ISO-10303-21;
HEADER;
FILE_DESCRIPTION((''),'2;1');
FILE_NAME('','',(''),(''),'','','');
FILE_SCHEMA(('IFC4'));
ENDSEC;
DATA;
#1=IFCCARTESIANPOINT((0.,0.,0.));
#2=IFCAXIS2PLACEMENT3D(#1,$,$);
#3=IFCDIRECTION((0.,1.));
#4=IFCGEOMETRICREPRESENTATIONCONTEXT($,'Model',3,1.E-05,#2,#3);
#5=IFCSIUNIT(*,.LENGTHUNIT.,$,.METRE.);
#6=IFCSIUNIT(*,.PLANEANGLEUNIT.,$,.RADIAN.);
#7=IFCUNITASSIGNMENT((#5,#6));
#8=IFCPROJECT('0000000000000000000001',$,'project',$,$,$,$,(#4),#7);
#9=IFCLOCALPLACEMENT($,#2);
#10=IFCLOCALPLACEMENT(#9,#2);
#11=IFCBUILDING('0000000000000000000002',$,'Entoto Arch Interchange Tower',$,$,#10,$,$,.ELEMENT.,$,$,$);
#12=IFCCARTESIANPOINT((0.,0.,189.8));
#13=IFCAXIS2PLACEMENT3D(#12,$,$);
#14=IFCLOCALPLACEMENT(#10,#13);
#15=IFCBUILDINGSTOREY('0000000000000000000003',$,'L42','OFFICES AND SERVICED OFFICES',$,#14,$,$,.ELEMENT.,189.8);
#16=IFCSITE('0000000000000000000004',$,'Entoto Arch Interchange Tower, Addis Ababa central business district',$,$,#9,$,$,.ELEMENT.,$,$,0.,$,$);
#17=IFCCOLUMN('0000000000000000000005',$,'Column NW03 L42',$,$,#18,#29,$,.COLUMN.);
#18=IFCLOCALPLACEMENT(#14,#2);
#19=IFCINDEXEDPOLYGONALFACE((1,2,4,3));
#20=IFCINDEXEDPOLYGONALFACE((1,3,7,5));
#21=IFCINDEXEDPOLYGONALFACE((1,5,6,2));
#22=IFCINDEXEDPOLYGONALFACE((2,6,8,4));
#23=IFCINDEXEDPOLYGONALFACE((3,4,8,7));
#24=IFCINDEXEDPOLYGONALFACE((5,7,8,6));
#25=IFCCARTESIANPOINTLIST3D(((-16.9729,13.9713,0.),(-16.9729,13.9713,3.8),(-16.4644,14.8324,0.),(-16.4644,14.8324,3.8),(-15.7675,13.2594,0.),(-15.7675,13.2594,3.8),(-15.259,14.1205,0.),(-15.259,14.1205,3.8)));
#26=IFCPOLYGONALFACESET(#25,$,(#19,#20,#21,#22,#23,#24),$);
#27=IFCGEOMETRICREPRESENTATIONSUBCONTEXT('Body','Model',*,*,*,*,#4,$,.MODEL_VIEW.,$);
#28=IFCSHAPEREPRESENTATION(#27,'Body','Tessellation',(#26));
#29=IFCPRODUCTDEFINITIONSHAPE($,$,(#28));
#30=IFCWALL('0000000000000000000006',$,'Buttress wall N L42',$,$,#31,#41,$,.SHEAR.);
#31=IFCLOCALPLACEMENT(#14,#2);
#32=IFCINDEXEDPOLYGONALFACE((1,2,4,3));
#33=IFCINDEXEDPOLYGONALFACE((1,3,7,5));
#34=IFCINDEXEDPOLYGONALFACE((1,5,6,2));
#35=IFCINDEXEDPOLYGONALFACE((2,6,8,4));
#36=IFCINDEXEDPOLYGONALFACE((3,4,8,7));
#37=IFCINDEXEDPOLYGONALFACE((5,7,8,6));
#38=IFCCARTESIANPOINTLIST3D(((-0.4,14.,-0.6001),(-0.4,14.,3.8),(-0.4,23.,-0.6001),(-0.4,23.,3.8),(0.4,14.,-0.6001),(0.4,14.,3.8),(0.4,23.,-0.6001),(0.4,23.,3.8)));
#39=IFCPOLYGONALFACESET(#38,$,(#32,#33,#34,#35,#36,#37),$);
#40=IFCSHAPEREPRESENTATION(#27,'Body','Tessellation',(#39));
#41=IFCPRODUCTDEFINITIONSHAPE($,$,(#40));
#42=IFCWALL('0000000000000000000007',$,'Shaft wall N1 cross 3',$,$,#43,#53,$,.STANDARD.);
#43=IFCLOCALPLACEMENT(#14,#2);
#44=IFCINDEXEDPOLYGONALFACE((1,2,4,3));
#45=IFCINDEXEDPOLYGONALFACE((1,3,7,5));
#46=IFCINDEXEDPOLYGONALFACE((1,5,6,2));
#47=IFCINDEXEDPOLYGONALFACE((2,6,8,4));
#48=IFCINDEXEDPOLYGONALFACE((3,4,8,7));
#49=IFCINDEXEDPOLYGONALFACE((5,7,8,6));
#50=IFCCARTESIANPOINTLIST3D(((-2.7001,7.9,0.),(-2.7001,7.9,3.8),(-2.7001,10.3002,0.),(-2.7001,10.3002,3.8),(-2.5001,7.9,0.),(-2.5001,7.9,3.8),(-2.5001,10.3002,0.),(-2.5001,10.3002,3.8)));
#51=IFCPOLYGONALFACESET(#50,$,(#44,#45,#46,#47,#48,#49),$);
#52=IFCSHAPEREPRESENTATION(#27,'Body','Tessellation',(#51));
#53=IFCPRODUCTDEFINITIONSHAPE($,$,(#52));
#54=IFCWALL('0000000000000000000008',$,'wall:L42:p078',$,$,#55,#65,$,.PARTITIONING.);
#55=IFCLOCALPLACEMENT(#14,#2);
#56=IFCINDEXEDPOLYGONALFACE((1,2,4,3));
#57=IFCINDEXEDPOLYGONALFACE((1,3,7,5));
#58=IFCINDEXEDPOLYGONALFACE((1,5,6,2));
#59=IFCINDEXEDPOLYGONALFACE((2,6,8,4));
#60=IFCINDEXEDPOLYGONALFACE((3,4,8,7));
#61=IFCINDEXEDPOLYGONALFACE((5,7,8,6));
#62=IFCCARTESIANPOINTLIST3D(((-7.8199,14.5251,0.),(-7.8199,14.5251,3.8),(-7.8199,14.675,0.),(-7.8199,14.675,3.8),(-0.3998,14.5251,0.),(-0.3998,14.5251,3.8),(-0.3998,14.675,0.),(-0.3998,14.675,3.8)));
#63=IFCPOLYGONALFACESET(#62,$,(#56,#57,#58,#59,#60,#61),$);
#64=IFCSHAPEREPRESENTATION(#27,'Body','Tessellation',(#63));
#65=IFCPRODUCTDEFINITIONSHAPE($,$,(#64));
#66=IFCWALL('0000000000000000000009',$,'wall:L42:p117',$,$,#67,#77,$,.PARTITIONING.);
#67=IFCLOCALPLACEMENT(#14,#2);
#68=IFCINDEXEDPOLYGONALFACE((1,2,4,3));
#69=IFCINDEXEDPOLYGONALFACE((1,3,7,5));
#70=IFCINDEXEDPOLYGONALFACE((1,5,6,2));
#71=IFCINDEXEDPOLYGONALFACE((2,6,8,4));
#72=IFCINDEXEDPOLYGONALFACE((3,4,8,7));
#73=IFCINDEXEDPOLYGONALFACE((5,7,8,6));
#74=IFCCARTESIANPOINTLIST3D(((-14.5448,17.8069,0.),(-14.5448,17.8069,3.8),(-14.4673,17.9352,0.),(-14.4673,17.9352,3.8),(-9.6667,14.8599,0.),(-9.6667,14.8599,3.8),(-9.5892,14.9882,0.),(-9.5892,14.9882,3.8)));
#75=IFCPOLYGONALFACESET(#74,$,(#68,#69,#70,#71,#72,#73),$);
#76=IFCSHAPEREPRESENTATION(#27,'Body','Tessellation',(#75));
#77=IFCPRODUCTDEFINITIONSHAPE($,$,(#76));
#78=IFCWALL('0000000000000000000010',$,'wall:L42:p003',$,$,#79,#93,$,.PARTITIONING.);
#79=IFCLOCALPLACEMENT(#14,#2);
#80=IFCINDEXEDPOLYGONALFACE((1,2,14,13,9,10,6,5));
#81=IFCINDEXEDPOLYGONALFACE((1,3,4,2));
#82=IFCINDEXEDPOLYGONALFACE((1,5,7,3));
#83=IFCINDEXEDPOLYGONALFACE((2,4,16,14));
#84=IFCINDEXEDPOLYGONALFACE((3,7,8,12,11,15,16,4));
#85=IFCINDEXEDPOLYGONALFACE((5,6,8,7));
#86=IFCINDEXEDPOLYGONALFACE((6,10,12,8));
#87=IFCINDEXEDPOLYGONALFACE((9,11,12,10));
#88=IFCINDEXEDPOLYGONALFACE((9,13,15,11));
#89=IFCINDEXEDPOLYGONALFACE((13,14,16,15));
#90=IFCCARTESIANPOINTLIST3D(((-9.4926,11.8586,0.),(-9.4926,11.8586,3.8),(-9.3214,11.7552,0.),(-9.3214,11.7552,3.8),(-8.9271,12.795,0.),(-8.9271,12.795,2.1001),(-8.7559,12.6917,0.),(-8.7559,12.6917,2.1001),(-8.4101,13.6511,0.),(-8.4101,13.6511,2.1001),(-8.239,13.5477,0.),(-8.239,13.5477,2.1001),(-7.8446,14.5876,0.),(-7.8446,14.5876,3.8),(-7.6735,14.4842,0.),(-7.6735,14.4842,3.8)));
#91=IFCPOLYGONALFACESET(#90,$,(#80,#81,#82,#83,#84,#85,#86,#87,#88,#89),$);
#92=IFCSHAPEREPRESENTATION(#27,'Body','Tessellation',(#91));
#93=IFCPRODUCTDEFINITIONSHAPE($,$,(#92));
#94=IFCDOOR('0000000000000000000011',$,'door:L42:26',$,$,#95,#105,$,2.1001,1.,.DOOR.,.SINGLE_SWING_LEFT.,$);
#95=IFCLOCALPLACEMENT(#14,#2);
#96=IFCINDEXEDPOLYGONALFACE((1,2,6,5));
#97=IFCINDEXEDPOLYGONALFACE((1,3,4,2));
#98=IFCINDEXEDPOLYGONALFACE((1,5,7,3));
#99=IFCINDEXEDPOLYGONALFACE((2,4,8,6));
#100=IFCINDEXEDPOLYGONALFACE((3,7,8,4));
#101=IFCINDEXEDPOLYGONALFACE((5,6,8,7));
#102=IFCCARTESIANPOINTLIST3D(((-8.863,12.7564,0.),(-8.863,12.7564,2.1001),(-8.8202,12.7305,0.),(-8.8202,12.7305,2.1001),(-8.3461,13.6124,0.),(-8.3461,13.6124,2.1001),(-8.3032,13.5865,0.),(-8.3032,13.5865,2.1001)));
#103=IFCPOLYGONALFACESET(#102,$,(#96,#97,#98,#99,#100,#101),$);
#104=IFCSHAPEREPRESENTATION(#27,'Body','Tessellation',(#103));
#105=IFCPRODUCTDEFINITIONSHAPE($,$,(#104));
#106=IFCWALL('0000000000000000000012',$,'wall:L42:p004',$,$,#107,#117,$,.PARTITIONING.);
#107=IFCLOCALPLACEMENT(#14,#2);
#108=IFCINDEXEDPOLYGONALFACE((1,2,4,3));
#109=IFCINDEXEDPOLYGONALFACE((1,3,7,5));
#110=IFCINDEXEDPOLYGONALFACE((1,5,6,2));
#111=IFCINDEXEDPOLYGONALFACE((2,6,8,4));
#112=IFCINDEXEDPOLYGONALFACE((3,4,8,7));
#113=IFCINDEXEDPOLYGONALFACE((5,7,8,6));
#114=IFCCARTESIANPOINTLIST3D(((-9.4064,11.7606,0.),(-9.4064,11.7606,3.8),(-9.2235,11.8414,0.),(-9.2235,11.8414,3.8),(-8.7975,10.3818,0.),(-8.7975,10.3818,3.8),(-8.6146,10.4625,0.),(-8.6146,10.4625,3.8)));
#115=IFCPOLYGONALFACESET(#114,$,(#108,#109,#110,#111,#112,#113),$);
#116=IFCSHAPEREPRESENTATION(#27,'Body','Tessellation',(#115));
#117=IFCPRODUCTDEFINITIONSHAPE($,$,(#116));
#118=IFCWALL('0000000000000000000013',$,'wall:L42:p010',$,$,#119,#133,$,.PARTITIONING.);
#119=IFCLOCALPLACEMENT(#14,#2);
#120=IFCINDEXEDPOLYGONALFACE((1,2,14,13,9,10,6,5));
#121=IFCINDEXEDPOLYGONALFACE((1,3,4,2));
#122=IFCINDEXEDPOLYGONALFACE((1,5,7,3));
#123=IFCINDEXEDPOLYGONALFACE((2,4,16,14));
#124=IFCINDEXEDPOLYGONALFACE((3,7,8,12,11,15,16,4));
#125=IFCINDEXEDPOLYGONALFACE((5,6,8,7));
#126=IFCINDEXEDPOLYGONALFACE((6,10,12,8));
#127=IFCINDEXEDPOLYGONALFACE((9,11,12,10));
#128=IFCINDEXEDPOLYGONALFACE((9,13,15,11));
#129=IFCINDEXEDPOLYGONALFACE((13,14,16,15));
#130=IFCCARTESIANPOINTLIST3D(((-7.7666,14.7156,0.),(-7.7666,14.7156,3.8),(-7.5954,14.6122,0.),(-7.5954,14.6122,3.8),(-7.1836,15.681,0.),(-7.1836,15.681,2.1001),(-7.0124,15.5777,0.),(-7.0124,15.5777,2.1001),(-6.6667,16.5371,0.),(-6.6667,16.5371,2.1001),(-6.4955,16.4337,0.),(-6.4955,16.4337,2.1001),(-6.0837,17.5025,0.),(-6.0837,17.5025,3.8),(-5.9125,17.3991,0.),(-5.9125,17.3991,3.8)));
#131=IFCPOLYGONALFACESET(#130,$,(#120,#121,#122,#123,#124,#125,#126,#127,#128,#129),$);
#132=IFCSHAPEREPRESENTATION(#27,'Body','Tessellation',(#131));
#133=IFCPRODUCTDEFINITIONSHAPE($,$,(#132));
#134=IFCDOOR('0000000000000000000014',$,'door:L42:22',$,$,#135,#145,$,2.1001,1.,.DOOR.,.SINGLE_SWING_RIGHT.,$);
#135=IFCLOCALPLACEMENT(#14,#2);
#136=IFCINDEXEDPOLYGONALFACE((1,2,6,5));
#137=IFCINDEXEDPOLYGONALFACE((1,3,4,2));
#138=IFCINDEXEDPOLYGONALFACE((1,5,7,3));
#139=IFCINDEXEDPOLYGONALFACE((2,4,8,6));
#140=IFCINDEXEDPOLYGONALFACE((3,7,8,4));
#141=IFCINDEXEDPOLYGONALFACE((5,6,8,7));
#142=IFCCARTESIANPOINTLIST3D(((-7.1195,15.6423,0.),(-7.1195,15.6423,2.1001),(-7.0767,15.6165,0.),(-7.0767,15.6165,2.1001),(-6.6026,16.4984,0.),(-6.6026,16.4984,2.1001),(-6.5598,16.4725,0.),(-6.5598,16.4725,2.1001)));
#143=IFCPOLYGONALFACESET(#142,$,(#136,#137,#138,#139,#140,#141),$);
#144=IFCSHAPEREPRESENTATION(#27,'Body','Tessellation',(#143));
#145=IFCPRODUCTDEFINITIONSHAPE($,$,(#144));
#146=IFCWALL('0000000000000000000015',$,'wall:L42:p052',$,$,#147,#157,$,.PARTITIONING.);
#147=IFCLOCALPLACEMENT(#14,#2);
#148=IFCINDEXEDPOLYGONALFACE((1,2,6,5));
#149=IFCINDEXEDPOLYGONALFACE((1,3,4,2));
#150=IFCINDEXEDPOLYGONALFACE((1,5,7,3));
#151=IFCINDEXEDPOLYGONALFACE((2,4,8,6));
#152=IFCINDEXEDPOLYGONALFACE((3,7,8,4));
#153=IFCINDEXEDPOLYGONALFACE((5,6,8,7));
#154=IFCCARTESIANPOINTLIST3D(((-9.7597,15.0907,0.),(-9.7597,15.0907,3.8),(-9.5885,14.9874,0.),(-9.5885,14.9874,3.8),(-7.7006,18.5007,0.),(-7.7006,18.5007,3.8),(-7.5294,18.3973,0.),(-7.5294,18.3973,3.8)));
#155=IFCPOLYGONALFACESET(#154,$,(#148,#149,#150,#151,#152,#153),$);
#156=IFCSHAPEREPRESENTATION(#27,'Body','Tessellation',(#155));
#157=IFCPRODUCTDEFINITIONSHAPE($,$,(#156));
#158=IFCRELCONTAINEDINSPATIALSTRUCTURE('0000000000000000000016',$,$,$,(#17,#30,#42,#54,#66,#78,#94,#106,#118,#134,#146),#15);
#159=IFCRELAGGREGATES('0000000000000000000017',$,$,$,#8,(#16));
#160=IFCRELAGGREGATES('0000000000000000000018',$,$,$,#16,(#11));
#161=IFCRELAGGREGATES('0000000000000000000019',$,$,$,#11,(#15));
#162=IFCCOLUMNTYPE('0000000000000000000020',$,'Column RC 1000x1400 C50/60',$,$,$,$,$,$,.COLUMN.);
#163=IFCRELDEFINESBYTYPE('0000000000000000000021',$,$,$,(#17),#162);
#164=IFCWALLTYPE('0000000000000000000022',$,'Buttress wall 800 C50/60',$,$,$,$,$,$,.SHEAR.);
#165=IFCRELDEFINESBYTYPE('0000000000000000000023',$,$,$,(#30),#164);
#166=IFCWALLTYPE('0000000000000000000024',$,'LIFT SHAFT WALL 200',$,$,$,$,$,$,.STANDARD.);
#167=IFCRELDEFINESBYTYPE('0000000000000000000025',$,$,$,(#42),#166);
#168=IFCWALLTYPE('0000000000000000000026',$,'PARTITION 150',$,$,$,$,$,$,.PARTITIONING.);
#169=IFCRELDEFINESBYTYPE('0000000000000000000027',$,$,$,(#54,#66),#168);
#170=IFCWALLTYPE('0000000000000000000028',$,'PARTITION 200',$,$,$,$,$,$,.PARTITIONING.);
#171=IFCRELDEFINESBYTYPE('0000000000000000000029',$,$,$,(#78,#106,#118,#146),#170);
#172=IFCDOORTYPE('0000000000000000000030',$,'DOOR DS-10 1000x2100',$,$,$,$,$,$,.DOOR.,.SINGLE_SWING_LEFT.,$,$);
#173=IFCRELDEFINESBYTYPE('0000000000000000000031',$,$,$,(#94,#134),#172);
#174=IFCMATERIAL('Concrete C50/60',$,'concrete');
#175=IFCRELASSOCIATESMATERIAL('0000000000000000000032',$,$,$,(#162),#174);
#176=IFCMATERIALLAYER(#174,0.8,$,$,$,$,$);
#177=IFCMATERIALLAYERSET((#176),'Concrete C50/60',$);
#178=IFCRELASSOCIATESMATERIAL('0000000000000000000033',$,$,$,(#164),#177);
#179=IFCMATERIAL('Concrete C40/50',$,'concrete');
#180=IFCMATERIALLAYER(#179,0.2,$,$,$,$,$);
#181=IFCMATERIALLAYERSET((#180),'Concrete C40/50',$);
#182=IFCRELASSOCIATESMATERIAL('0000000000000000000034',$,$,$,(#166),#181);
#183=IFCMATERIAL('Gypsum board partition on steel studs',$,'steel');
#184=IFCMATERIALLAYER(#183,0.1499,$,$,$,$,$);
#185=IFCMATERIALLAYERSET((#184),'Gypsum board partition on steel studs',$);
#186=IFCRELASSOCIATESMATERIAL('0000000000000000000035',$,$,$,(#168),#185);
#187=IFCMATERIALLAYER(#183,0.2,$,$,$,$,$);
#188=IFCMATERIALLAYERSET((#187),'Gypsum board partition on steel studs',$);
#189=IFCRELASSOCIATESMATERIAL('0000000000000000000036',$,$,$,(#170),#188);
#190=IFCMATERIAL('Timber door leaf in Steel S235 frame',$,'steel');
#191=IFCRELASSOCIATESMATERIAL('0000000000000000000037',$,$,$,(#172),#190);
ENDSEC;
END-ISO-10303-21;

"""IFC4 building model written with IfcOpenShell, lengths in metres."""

from ifc_helpers import new_model, si_unit, direction, frame, frame_2d, origin, origin_2d, place, context, subcontext, project, spatial, rectangle, extrude, material, layer, layer_set, material_profile, profile_set, type_object, element, fill, save


model = new_model("IFC4")

# Units and contexts
model_context = context("Model", 3, precision=1e-05, world=origin(), true_north=direction((0.0, 1.0)))
body_context = subcontext(model_context, "Body", "Model", "MODEL_VIEW")
ifc_project = project(units=[si_unit("LENGTHUNIT", "METRE"), si_unit("PLANEANGLEUNIT", "RADIAN")], contexts=[model_context])

# Site, building, storey
site_placement = place(None, origin())
site = spatial("IfcSite", under=ifc_project, at=site_placement, Name="Entoto Arch Interchange Tower, Addis Ababa central business district", CompositionType="ELEMENT", RefElevation=0.0)
building_placement = place(site_placement, origin())
building = spatial("IfcBuilding", under=site, at=building_placement, Name="Entoto Arch Interchange Tower", CompositionType="ELEMENT")
storey_placement = place(building_placement, frame((0.0, 0.0, 189.8)))
storey = spatial("IfcBuildingStorey", under=building, at=storey_placement, Name="L42", Description="OFFICES AND SERVICED OFFICES", CompositionType="ELEMENT", Elevation=189.8)

# Column
ifc_material_1 = material(Name="Concrete C50/60", Category="concrete")
ifc_material_profile = material_profile(ifc_material_1, rectangle(XDim=1.0, YDim=1.3999, at=origin_2d()))
ifc_profile_set = profile_set([ifc_material_profile], Name="Concrete C50/60")
column_type = type_object("IfcColumnType", Name="Column RC 1000x1400 C50/60", PredefinedType="COLUMN", material=ifc_profile_set)
column_placement = place(storey_placement, frame((-16.116, 14.0459, 0.0), z_axis=(0.0, 0.0, 1.0), x_axis=(0.508516, 0.861053, 0.0)))
element("IfcColumn", 1, at=column_placement, inside=storey, type_object=column_type, Name="Column NW03 L42", PredefinedType="COLUMN", context=body_context, shape_type="SweptSolid", body=[
    extrude(rectangle(XDim=1.0, YDim=1.3999, at=origin_2d()), origin(), (0.0, 0.0, 1.0), 3.8),
])

# Walls
ifc_layer_1 = layer(ifc_material_1, 0.8)
ifc_layer_set_1 = layer_set([ifc_layer_1], Name="Concrete C50/60")
wall_type_1 = type_object("IfcWallType", Name="Buttress wall 800 C50/60", PredefinedType="SHEAR", material=ifc_layer_set_1)
wall_1_placement = place(storey_placement, frame((0.0, 14.0, -0.6001), z_axis=(0.0, 0.0, 1.0), x_axis=(0.0, 1.0, 0.0)))
element("IfcWall", 2, at=wall_1_placement, inside=storey, type_object=wall_type_1, Name="Buttress wall N L42", PredefinedType="SHEAR", context=body_context, shape_type="SweptSolid", body=[
    extrude(rectangle(XDim=9.0, YDim=0.8, at=frame_2d((4.5, 0.0))), origin(), (0.0, 0.0, 1.0), 4.4001),
])
ifc_material_2 = material(Name="Concrete C40/50", Category="concrete")
ifc_layer_2 = layer(ifc_material_2, 0.2)
ifc_layer_set_2 = layer_set([ifc_layer_2], Name="Concrete C40/50")
wall_type_2 = type_object("IfcWallType", Name="LIFT SHAFT WALL 200", PredefinedType="STANDARD", material=ifc_layer_set_2)
wall_2_placement = place(storey_placement, frame((-2.6001, 7.8999, 0.0), z_axis=(0.0, 0.0, 1.0), x_axis=(0.0, 1.0, 0.0)))
element("IfcWall", 3, at=wall_2_placement, inside=storey, type_object=wall_type_2, Name="Shaft wall N1 cross 3", PredefinedType="STANDARD", context=body_context, shape_type="SweptSolid", body=[
    extrude(rectangle(XDim=2.4001, YDim=0.2, at=frame_2d((1.2002, 0.0))), origin(), (0.0, 0.0, 1.0), 3.8),
])
ifc_material_3 = material(Name="Gypsum board partition on steel studs", Category="steel")
ifc_layer_3 = layer(ifc_material_3, 0.1499)
ifc_layer_set_3 = layer_set([ifc_layer_3], Name="Gypsum board partition on steel studs")
wall_type_3 = type_object("IfcWallType", Name="PARTITION 150", PredefinedType="PARTITIONING", material=ifc_layer_set_3)
wall_3_placement = place(storey_placement, frame((-0.3999, 14.6001, 0.0), z_axis=(0.0, 0.0, 1.0), x_axis=(-1.0, 0.0, 0.0)))
element("IfcWall", 4, at=wall_3_placement, inside=storey, type_object=wall_type_3, Name="wall:L42:p078", PredefinedType="PARTITIONING", context=body_context, shape_type="SweptSolid", body=[
    extrude(rectangle(XDim=7.4202, YDim=0.1499, at=frame_2d((3.71, 0.0))), origin(), (0.0, 0.0, 1.0), 3.8),
])
wall_4_placement = place(storey_placement, frame((-9.6279, 14.9241, 0.0), z_axis=(0.0, 0.0, 1.0), x_axis=(-0.855932, 0.517089, 0.0)))
element("IfcWall", 5, at=wall_4_placement, inside=storey, type_object=wall_type_3, Name="wall:L42:p117", PredefinedType="PARTITIONING", context=body_context, shape_type="SweptSolid", body=[
    extrude(rectangle(XDim=5.6992, YDim=0.1499, at=frame_2d((2.8496, 0.0))), origin(), (0.0, 0.0, 1.0), 3.8),
])

# Wall, opening, door
ifc_layer_4 = layer(ifc_material_3, 0.2)
ifc_layer_set_4 = layer_set([ifc_layer_4], Name="Gypsum board partition on steel studs")
wall_type_4 = type_object("IfcWallType", Name="PARTITION 200", PredefinedType="PARTITIONING", material=ifc_layer_set_4)
wall_5_placement = place(storey_placement, frame((-7.759, 14.5359, 0.0), z_axis=(0.0, 0.0, 1.0), x_axis=(-0.516926, -0.85603, 0.0)))
wall_5 = element("IfcWall", 6, at=wall_5_placement, inside=storey, type_object=wall_type_4, Name="wall:L42:p003", PredefinedType="PARTITIONING", context=body_context, shape_type="SweptSolid", body=[
    extrude(rectangle(XDim=3.188, YDim=0.2, at=frame_2d((1.594, 0.0))), origin(), (0.0, 0.0, 1.0), 3.8),
])
opening_1_placement = place(wall_5_placement, frame((1.094, 0.0, 0.0)))
opening_1 = element("IfcOpeningElement", 7, at=opening_1_placement, cuts=wall_5, PredefinedType="OPENING", context=body_context, shape_type="SweptSolid", body=[
    extrude(rectangle(XDim=1.0, YDim=2.1001, at=frame_2d((0.5, 1.05))), frame((0.0, 0.1099, 0.0), z_axis=(0.0, -1.0, 0.0), x_axis=(1.0, 0.0, 0.0)), (0.0, 0.0, 1.0), 0.22),
])
ifc_material_4 = material(Name="Timber door leaf in Steel S235 frame", Category="steel")
door_type_1 = type_object("IfcDoorType", Name="DOOR DS-10 1000x2100", OperationType="SINGLE_SWING_LEFT", PredefinedType="DOOR", material=ifc_material_4)
door_1_placement = place(opening_1_placement, origin())
door_1 = element("IfcDoor", 8, at=door_1_placement, inside=storey, type_object=door_type_1, Name="door:L42:26", OperationType="SINGLE_SWING_LEFT", OverallHeight=2.1001, OverallWidth=1.0, PredefinedType="DOOR", context=body_context, shape_type="SweptSolid", body=[
    extrude(rectangle(XDim=1.0, YDim=2.1001, at=frame_2d((0.5, 1.05))), frame((0.0, 0.0249, 0.0), z_axis=(0.0, -1.0, 0.0), x_axis=(1.0, 0.0, 0.0)), (0.0, 0.0, 1.0), 0.05),
])
fill(opening_1, door_1)

# Wall
wall_6_placement = place(storey_placement, frame((-9.3149, 11.801, 0.0), z_axis=(0.0, 0.0, 1.0), x_axis=(0.403943, -0.914784, 0.0)))
element("IfcWall", 9, at=wall_6_placement, inside=storey, type_object=wall_type_4, Name="wall:L42:p004", PredefinedType="PARTITIONING", context=body_context, shape_type="SweptSolid", body=[
    extrude(rectangle(XDim=1.5073, YDim=0.2, at=frame_2d((0.7537, 0.0))), origin(), (0.0, 0.0, 1.0), 3.8),
])

# Wall, opening, door
wall_7_placement = place(storey_placement, frame((-5.998, 17.4509, 0.0), z_axis=(0.0, 0.0, 1.0), x_axis=(-0.51692, -0.856034, 0.0)))
wall_7 = element("IfcWall", 10, at=wall_7_placement, inside=storey, type_object=wall_type_4, Name="wall:L42:p010", PredefinedType="PARTITIONING", context=body_context, shape_type="SweptSolid", body=[
    extrude(rectangle(XDim=3.2556, YDim=0.2, at=frame_2d((1.6279, 0.0))), origin(), (0.0, 0.0, 1.0), 3.8),
])
opening_2_placement = place(wall_7_placement, frame((1.1279, 0.0, 0.0)))
opening_2 = element("IfcOpeningElement", 11, at=opening_2_placement, cuts=wall_7, PredefinedType="OPENING", context=body_context, shape_type="SweptSolid", body=[
    extrude(rectangle(XDim=1.0, YDim=2.1001, at=frame_2d((0.5, 1.05))), frame((0.0, 0.1099, 0.0), z_axis=(0.0, -1.0, 0.0), x_axis=(1.0, 0.0, 0.0)), (0.0, 0.0, 1.0), 0.22),
])
door_2_placement = place(opening_2_placement, origin())
door_2 = element("IfcDoor", 12, at=door_2_placement, inside=storey, type_object=door_type_1, Name="door:L42:22", OperationType="SINGLE_SWING_RIGHT", OverallHeight=2.1001, OverallWidth=1.0, PredefinedType="DOOR", context=body_context, shape_type="SweptSolid", body=[
    extrude(rectangle(XDim=1.0, YDim=2.1001, at=frame_2d((0.5, 1.05))), frame((0.0, 0.0249, 0.0), z_axis=(0.0, -1.0, 0.0), x_axis=(1.0, 0.0, 0.0)), (0.0, 0.0, 1.0), 0.05),
])
fill(opening_2, door_2)

# Wall
wall_8_placement = place(storey_placement, frame((-9.6741, 15.0391, 0.0), z_axis=(0.0, 0.0, 1.0), x_axis=(0.516918, 0.856035, 0.0)))
element("IfcWall", 13, at=wall_8_placement, inside=storey, type_object=wall_type_4, Name="wall:L42:p052", PredefinedType="PARTITIONING", context=body_context, shape_type="SweptSolid", body=[
    extrude(rectangle(XDim=3.9834, YDim=0.2, at=frame_2d((1.9917, 0.0))), origin(), (0.0, 0.0, 1.0), 3.8),
])

save(model, "model.ifc")
